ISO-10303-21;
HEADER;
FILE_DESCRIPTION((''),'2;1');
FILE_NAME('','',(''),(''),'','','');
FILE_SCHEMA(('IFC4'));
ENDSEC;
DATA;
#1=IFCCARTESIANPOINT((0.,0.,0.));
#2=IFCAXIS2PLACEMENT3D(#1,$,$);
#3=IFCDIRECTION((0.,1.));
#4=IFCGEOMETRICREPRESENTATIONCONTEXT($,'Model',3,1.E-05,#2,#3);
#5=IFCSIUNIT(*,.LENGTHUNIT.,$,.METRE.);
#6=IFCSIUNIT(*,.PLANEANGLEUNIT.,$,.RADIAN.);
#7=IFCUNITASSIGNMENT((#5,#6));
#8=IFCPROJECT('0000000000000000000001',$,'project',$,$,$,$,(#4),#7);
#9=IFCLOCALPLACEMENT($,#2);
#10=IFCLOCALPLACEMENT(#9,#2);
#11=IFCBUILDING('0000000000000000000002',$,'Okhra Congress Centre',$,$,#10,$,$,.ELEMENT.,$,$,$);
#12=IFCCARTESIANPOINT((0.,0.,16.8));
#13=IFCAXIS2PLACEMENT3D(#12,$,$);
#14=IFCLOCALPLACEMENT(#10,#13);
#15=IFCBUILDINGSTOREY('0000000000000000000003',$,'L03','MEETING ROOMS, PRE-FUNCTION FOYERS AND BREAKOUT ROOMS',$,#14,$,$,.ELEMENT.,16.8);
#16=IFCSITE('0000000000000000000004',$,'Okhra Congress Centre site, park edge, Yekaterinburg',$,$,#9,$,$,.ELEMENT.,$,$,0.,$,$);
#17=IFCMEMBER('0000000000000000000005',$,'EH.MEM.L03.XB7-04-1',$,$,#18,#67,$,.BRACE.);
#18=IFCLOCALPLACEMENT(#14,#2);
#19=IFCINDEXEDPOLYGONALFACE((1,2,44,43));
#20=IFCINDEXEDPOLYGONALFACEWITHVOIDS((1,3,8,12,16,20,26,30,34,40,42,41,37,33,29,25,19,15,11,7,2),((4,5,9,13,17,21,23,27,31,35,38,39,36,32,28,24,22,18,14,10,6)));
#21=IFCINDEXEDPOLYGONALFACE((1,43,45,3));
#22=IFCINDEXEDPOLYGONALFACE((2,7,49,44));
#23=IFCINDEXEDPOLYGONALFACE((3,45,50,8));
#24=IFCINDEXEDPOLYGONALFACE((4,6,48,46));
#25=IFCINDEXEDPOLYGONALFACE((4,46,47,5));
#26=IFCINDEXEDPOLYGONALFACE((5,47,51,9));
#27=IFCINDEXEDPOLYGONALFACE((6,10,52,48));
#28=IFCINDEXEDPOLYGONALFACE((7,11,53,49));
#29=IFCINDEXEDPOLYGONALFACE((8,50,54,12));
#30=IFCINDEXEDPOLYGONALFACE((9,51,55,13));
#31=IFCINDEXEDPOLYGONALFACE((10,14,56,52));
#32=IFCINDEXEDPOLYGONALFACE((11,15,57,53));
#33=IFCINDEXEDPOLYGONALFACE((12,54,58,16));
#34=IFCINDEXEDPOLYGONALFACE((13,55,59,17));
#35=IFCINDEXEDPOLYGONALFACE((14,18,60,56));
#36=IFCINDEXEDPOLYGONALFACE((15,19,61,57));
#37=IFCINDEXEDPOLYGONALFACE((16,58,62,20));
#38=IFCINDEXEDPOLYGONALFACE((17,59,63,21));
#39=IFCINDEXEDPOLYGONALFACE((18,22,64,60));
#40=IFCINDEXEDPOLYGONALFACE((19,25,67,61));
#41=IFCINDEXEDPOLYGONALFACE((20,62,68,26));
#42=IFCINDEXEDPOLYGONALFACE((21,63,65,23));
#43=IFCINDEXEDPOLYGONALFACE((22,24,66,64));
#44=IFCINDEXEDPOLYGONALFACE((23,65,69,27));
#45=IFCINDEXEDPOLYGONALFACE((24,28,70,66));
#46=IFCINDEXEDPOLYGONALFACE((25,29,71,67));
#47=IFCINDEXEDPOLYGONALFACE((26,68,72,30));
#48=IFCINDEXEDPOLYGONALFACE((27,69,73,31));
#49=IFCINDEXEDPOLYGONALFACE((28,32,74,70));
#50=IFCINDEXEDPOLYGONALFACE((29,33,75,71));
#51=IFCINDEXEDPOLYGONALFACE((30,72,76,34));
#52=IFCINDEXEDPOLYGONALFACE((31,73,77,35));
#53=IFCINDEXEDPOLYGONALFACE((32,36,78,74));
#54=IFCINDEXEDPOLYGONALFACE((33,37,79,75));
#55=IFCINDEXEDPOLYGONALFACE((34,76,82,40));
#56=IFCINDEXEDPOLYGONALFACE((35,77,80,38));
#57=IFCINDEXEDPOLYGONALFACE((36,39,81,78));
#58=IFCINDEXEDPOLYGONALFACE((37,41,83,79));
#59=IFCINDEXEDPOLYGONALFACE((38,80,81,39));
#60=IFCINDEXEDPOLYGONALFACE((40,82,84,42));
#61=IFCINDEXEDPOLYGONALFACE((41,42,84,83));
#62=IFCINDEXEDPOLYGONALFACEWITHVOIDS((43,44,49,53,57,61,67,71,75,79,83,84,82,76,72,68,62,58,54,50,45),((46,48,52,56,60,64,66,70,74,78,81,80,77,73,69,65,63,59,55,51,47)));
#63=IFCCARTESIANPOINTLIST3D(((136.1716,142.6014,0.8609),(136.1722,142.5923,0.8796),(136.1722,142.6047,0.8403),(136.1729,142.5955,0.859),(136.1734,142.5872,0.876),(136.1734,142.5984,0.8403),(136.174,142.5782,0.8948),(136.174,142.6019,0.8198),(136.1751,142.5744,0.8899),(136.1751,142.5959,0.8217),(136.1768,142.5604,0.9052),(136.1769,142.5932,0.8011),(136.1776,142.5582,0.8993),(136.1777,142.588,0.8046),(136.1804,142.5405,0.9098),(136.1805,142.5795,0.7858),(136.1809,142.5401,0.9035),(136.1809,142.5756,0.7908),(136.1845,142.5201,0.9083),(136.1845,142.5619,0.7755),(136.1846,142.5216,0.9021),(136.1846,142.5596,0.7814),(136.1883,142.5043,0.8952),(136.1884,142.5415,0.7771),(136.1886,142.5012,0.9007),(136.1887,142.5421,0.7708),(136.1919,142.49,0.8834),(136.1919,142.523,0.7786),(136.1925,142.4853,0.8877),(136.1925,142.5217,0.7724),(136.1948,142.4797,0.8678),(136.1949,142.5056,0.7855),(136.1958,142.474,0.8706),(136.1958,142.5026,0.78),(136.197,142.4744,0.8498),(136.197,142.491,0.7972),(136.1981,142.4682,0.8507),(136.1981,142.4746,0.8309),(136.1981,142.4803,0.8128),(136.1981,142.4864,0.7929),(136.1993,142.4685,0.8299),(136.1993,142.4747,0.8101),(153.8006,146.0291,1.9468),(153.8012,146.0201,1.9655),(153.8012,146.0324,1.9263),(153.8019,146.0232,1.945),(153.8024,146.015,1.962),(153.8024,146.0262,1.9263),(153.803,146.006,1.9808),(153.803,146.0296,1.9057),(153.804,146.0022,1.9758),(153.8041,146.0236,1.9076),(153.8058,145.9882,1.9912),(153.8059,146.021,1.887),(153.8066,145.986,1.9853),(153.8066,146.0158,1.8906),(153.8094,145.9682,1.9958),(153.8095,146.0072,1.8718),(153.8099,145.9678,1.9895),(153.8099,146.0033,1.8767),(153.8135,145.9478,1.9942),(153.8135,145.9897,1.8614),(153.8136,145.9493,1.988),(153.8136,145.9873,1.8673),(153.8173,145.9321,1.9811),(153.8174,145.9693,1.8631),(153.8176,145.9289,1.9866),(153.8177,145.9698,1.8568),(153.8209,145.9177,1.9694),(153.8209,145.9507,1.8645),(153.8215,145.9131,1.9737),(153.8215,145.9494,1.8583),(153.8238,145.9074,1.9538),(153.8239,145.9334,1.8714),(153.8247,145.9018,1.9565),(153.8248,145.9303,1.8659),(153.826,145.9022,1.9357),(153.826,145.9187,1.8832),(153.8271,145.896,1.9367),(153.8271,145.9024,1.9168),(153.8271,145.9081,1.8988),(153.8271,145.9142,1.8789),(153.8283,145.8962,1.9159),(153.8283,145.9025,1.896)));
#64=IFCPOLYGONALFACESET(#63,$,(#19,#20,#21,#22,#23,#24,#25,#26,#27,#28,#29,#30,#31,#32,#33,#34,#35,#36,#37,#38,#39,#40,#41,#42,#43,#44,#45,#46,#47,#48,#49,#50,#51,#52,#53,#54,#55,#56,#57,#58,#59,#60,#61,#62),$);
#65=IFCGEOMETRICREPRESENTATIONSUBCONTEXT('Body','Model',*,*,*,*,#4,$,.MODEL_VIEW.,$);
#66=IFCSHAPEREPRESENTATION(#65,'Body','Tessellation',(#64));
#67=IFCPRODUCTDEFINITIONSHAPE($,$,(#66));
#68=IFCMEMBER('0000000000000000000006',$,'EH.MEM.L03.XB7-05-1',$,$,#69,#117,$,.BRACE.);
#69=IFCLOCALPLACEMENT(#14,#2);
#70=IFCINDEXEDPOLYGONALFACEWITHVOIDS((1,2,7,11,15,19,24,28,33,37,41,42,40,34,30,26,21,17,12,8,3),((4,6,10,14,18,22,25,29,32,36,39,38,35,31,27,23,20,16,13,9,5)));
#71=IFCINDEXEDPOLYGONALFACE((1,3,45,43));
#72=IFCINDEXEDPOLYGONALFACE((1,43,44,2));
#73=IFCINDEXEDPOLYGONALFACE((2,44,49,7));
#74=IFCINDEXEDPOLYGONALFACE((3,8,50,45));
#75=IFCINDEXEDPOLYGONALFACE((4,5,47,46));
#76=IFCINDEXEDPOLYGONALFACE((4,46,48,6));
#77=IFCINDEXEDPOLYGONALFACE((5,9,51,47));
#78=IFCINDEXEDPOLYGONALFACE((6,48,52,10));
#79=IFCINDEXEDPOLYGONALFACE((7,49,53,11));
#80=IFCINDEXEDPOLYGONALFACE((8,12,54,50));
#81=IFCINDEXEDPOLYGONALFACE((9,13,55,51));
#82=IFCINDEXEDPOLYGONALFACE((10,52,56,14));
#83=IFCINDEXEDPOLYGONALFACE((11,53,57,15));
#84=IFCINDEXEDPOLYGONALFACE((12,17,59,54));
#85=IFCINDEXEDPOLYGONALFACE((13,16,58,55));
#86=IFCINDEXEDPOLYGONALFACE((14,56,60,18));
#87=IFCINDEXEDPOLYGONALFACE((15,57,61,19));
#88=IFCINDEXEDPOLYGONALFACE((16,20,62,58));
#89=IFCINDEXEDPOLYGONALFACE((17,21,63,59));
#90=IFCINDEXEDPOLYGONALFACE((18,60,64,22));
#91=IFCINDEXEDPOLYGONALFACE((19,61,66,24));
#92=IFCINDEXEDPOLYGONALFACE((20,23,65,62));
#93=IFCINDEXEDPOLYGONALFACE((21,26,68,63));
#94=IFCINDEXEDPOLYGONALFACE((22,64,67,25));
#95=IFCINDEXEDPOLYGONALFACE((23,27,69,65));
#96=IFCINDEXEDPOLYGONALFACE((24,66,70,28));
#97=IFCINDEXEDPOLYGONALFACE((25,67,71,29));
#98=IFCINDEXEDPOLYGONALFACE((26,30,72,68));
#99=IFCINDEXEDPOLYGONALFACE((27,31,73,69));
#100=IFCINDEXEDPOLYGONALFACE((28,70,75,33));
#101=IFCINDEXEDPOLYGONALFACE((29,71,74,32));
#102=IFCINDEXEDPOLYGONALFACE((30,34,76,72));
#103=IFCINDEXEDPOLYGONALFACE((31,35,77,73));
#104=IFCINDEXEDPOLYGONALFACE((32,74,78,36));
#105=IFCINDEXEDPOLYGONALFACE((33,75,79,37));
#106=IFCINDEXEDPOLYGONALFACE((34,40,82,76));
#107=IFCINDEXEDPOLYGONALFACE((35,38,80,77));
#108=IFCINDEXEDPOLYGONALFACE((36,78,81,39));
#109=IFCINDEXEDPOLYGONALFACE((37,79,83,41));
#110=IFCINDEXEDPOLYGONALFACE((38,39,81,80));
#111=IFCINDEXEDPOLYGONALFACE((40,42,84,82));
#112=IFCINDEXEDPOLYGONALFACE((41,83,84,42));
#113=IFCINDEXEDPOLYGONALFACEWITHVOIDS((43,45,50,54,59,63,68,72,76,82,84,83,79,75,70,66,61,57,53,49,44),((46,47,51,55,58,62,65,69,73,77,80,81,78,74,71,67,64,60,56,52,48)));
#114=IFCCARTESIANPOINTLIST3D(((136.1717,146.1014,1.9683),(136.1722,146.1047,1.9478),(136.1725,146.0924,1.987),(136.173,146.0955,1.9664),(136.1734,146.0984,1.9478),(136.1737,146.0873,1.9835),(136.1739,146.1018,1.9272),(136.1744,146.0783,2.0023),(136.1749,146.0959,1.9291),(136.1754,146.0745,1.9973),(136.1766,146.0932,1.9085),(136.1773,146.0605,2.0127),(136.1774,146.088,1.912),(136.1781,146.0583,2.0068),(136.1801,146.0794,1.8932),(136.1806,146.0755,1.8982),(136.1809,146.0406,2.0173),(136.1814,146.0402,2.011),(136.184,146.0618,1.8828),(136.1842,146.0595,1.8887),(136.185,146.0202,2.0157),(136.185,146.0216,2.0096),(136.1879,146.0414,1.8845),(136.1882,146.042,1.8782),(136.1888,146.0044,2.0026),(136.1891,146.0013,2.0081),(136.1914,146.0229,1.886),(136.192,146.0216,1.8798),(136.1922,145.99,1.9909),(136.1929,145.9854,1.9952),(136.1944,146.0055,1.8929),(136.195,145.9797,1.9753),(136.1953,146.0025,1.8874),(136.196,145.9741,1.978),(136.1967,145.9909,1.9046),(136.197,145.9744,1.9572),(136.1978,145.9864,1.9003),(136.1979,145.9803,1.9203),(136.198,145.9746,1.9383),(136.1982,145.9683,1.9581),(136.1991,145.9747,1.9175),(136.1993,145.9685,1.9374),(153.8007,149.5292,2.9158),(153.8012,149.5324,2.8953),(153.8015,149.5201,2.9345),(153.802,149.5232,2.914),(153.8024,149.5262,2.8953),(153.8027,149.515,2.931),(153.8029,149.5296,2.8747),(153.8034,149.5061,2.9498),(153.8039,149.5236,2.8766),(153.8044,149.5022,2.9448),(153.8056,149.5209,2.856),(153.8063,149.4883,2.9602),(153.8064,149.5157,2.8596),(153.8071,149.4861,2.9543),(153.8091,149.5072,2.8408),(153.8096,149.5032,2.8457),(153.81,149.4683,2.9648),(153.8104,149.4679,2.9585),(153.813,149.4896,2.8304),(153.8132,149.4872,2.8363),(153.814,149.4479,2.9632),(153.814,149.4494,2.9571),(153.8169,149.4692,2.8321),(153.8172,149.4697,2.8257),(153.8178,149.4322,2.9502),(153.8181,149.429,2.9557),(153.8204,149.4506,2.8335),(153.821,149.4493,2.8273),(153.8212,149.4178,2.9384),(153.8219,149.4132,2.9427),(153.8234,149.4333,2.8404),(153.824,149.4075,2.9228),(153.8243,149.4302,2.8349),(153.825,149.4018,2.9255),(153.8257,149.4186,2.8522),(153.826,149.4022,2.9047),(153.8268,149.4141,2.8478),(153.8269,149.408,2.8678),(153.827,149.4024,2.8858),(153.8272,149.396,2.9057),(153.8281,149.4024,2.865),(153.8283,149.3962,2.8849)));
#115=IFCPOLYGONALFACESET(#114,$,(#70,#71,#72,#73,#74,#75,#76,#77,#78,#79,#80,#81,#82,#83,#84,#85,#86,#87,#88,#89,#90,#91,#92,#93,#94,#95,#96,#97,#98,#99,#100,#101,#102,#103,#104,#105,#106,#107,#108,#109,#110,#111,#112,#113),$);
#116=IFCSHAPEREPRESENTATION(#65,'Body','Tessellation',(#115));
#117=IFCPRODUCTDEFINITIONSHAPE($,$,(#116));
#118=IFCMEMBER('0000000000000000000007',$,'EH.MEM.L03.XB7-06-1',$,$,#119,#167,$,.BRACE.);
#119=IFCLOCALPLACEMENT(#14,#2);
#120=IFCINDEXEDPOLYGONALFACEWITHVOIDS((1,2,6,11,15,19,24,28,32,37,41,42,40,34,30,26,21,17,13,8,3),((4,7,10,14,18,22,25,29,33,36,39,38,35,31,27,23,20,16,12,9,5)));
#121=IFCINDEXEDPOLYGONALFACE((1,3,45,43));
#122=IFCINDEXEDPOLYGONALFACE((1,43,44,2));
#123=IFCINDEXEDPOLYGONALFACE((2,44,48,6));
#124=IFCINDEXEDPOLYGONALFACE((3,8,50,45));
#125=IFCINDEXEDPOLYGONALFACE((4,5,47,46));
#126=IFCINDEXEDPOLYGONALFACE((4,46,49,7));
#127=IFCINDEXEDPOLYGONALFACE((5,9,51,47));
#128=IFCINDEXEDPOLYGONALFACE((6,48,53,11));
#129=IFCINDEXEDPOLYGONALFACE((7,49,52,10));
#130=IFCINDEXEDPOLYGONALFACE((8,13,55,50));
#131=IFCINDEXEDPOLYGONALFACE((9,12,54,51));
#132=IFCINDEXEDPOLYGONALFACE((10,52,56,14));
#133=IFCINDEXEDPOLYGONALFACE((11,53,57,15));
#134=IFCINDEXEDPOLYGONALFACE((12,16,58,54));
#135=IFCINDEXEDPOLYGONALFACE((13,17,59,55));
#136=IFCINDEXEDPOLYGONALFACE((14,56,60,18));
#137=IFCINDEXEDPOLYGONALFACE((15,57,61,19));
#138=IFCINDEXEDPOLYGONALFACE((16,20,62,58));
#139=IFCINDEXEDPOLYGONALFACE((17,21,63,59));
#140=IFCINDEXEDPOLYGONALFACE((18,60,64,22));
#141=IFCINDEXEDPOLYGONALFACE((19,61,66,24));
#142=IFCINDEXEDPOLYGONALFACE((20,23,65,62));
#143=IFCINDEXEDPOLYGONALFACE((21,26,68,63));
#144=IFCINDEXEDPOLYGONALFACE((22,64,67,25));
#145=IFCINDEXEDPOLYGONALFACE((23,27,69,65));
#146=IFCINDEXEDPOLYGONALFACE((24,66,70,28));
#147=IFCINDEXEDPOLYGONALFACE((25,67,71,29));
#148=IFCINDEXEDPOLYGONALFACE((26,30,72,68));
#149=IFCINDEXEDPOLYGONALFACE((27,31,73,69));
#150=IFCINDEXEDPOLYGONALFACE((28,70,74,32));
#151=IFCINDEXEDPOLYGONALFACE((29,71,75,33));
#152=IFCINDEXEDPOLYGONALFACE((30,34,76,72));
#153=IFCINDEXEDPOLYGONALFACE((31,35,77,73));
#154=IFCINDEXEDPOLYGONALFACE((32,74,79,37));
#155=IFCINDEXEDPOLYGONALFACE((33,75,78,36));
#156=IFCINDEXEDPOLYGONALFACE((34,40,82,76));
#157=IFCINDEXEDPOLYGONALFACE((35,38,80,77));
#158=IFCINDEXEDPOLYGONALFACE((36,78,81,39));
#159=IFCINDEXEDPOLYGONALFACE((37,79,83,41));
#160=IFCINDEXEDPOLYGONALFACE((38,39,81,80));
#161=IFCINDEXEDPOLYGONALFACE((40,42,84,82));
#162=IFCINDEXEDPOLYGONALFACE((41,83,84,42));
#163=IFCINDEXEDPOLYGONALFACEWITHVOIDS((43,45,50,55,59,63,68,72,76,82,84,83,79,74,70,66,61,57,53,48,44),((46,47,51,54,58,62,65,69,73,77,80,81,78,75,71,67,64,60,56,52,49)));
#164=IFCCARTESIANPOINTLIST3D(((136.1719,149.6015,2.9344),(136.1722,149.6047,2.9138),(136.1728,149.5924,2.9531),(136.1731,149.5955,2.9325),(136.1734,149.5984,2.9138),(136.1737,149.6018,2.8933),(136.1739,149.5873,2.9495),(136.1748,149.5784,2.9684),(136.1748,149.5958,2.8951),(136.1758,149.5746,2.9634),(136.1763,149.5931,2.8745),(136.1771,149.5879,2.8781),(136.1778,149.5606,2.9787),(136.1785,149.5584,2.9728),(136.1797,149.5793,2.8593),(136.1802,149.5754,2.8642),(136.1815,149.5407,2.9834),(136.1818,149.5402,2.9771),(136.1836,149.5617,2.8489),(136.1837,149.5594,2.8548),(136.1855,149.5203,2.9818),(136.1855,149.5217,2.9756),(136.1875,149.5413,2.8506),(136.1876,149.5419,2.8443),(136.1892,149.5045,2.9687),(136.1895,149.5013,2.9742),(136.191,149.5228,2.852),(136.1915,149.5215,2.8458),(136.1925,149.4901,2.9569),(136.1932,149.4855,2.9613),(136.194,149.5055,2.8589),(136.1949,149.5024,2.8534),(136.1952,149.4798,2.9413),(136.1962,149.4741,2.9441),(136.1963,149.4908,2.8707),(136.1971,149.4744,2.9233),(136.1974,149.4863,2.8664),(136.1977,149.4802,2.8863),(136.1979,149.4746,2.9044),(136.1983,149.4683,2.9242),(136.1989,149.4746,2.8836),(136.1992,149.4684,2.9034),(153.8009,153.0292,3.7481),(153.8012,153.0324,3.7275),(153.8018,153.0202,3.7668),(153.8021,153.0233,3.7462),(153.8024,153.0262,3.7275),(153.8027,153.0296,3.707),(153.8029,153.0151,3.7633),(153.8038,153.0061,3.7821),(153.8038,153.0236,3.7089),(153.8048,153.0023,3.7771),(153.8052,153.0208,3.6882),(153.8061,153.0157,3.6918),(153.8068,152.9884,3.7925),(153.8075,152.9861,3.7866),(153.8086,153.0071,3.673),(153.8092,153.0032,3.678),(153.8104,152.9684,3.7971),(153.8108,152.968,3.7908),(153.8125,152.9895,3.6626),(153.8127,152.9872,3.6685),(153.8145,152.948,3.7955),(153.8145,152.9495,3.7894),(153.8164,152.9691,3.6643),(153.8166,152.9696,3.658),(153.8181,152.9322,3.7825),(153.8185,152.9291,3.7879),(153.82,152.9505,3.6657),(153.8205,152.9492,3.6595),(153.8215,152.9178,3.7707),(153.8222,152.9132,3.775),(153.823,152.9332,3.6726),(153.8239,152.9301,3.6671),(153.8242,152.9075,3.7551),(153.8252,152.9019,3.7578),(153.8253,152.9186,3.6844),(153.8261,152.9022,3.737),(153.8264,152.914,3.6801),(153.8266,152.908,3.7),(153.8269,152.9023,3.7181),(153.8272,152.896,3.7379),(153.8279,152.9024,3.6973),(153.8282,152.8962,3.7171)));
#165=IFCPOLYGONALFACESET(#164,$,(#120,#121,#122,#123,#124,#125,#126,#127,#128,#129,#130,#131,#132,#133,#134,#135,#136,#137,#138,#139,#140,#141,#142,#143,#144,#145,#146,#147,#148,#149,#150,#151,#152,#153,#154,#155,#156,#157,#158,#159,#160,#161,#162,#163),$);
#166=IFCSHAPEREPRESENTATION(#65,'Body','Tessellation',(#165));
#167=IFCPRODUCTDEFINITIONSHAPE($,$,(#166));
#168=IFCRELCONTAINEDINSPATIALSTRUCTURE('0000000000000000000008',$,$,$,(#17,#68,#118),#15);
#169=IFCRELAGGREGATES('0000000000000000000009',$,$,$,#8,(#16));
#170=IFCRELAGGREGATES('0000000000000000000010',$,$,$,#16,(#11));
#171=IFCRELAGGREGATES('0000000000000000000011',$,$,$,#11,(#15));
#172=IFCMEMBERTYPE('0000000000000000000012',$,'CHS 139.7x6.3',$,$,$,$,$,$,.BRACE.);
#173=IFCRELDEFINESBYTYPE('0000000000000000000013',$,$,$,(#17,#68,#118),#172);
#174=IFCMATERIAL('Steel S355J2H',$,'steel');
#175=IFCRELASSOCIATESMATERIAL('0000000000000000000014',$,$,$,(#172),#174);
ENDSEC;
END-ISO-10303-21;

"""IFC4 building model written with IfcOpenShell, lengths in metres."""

from ifc_helpers import new_model, si_unit, direction, frame, origin, origin_2d, place, context, subcontext, project, spatial, hollow_circle, extrude, material, material_profile, profile_set, type_object, element, save


model = new_model("IFC4")

# Units and contexts
model_context = context("Model", 3, precision=1e-05, world=origin(), true_north=direction((0.0, 1.0)))
body_context = subcontext(model_context, "Body", "Model", "MODEL_VIEW")
ifc_project = project(units=[si_unit("LENGTHUNIT", "METRE"), si_unit("PLANEANGLEUNIT", "RADIAN")], contexts=[model_context])

# Site, building, storey
site_placement = place(None, origin())
site = spatial("IfcSite", under=ifc_project, at=site_placement, Name="Okhra Congress Centre site, park edge, Yekaterinburg", CompositionType="ELEMENT", RefElevation=0.0)
building_placement = place(site_placement, origin())
building = spatial("IfcBuilding", under=site, at=building_placement, Name="Okhra Congress Centre", CompositionType="ELEMENT")
storey_placement = place(building_placement, frame((0.0, 0.0, 16.8)))
storey = spatial("IfcBuildingStorey", under=building, at=storey_placement, Name="L03", Description="MEETING ROOMS, PRE-FUNCTION FOYERS AND BREAKOUT ROOMS", CompositionType="ELEMENT", Elevation=16.8)

# Members
ifc_material_1 = material(Name="Steel S355J2H", Category="steel")
ifc_material_profile_1 = material_profile(ifc_material_1, hollow_circle(Radius=0.0698, WallThickness=0.0063, at=origin_2d()), Name="CHS 139.7x6.3")
ifc_profile_set_1 = profile_set([ifc_material_profile_1], Name="Steel S355J2H")
member_type_1 = type_object("IfcMemberType", Name="CHS 139.7x6.3", PredefinedType="BRACE", material=ifc_profile_set_1)
member_1_placement = place(storey_placement, frame((136.1855, 142.5361, 0.8403), z_axis=(0.979827, 0.190516, 0.060357), x_axis=(-0.190864, 0.981617, 0.0)))
element("IfcMember", 1, at=member_1_placement, inside=storey, type_object=member_type_1, Name="EH.MEM.L03.XB7-04-1", PredefinedType="BRACE", context=body_context, shape_type="SweptSolid", body=[
    extrude(hollow_circle(Radius=0.0698, WallThickness=0.0063, at=origin_2d()), origin(), (0.0, 0.0, 1.0), 17.9919),
])
member_2_placement = place(storey_placement, frame((136.1855, 146.0361, 1.9478), z_axis=(0.980253, 0.190599, 0.052686), x_axis=(-0.190864, 0.981617, 0.0)))
element("IfcMember", 2, at=member_2_placement, inside=storey, type_object=member_type_1, Name="EH.MEM.L03.XB7-05-1", PredefinedType="BRACE", context=body_context, shape_type="SweptSolid", body=[
    extrude(hollow_circle(Radius=0.0698, WallThickness=0.0063, at=origin_2d()), origin(), (0.0, 0.0, 1.0), 17.9841),
])
member_3_placement = place(storey_placement, frame((136.1855, 149.5361, 2.9138), z_axis=(0.98061, 0.190668, 0.045263), x_axis=(-0.190864, 0.981617, 0.0)))
element("IfcMember", 3, at=member_3_placement, inside=storey, type_object=member_type_1, Name="EH.MEM.L03.XB7-06-1", PredefinedType="BRACE", context=body_context, shape_type="SweptSolid", body=[
    extrude(hollow_circle(Radius=0.0698, WallThickness=0.0063, at=origin_2d()), origin(), (0.0, 0.0, 1.0), 17.9775),
])

save(model, "model.ifc")
